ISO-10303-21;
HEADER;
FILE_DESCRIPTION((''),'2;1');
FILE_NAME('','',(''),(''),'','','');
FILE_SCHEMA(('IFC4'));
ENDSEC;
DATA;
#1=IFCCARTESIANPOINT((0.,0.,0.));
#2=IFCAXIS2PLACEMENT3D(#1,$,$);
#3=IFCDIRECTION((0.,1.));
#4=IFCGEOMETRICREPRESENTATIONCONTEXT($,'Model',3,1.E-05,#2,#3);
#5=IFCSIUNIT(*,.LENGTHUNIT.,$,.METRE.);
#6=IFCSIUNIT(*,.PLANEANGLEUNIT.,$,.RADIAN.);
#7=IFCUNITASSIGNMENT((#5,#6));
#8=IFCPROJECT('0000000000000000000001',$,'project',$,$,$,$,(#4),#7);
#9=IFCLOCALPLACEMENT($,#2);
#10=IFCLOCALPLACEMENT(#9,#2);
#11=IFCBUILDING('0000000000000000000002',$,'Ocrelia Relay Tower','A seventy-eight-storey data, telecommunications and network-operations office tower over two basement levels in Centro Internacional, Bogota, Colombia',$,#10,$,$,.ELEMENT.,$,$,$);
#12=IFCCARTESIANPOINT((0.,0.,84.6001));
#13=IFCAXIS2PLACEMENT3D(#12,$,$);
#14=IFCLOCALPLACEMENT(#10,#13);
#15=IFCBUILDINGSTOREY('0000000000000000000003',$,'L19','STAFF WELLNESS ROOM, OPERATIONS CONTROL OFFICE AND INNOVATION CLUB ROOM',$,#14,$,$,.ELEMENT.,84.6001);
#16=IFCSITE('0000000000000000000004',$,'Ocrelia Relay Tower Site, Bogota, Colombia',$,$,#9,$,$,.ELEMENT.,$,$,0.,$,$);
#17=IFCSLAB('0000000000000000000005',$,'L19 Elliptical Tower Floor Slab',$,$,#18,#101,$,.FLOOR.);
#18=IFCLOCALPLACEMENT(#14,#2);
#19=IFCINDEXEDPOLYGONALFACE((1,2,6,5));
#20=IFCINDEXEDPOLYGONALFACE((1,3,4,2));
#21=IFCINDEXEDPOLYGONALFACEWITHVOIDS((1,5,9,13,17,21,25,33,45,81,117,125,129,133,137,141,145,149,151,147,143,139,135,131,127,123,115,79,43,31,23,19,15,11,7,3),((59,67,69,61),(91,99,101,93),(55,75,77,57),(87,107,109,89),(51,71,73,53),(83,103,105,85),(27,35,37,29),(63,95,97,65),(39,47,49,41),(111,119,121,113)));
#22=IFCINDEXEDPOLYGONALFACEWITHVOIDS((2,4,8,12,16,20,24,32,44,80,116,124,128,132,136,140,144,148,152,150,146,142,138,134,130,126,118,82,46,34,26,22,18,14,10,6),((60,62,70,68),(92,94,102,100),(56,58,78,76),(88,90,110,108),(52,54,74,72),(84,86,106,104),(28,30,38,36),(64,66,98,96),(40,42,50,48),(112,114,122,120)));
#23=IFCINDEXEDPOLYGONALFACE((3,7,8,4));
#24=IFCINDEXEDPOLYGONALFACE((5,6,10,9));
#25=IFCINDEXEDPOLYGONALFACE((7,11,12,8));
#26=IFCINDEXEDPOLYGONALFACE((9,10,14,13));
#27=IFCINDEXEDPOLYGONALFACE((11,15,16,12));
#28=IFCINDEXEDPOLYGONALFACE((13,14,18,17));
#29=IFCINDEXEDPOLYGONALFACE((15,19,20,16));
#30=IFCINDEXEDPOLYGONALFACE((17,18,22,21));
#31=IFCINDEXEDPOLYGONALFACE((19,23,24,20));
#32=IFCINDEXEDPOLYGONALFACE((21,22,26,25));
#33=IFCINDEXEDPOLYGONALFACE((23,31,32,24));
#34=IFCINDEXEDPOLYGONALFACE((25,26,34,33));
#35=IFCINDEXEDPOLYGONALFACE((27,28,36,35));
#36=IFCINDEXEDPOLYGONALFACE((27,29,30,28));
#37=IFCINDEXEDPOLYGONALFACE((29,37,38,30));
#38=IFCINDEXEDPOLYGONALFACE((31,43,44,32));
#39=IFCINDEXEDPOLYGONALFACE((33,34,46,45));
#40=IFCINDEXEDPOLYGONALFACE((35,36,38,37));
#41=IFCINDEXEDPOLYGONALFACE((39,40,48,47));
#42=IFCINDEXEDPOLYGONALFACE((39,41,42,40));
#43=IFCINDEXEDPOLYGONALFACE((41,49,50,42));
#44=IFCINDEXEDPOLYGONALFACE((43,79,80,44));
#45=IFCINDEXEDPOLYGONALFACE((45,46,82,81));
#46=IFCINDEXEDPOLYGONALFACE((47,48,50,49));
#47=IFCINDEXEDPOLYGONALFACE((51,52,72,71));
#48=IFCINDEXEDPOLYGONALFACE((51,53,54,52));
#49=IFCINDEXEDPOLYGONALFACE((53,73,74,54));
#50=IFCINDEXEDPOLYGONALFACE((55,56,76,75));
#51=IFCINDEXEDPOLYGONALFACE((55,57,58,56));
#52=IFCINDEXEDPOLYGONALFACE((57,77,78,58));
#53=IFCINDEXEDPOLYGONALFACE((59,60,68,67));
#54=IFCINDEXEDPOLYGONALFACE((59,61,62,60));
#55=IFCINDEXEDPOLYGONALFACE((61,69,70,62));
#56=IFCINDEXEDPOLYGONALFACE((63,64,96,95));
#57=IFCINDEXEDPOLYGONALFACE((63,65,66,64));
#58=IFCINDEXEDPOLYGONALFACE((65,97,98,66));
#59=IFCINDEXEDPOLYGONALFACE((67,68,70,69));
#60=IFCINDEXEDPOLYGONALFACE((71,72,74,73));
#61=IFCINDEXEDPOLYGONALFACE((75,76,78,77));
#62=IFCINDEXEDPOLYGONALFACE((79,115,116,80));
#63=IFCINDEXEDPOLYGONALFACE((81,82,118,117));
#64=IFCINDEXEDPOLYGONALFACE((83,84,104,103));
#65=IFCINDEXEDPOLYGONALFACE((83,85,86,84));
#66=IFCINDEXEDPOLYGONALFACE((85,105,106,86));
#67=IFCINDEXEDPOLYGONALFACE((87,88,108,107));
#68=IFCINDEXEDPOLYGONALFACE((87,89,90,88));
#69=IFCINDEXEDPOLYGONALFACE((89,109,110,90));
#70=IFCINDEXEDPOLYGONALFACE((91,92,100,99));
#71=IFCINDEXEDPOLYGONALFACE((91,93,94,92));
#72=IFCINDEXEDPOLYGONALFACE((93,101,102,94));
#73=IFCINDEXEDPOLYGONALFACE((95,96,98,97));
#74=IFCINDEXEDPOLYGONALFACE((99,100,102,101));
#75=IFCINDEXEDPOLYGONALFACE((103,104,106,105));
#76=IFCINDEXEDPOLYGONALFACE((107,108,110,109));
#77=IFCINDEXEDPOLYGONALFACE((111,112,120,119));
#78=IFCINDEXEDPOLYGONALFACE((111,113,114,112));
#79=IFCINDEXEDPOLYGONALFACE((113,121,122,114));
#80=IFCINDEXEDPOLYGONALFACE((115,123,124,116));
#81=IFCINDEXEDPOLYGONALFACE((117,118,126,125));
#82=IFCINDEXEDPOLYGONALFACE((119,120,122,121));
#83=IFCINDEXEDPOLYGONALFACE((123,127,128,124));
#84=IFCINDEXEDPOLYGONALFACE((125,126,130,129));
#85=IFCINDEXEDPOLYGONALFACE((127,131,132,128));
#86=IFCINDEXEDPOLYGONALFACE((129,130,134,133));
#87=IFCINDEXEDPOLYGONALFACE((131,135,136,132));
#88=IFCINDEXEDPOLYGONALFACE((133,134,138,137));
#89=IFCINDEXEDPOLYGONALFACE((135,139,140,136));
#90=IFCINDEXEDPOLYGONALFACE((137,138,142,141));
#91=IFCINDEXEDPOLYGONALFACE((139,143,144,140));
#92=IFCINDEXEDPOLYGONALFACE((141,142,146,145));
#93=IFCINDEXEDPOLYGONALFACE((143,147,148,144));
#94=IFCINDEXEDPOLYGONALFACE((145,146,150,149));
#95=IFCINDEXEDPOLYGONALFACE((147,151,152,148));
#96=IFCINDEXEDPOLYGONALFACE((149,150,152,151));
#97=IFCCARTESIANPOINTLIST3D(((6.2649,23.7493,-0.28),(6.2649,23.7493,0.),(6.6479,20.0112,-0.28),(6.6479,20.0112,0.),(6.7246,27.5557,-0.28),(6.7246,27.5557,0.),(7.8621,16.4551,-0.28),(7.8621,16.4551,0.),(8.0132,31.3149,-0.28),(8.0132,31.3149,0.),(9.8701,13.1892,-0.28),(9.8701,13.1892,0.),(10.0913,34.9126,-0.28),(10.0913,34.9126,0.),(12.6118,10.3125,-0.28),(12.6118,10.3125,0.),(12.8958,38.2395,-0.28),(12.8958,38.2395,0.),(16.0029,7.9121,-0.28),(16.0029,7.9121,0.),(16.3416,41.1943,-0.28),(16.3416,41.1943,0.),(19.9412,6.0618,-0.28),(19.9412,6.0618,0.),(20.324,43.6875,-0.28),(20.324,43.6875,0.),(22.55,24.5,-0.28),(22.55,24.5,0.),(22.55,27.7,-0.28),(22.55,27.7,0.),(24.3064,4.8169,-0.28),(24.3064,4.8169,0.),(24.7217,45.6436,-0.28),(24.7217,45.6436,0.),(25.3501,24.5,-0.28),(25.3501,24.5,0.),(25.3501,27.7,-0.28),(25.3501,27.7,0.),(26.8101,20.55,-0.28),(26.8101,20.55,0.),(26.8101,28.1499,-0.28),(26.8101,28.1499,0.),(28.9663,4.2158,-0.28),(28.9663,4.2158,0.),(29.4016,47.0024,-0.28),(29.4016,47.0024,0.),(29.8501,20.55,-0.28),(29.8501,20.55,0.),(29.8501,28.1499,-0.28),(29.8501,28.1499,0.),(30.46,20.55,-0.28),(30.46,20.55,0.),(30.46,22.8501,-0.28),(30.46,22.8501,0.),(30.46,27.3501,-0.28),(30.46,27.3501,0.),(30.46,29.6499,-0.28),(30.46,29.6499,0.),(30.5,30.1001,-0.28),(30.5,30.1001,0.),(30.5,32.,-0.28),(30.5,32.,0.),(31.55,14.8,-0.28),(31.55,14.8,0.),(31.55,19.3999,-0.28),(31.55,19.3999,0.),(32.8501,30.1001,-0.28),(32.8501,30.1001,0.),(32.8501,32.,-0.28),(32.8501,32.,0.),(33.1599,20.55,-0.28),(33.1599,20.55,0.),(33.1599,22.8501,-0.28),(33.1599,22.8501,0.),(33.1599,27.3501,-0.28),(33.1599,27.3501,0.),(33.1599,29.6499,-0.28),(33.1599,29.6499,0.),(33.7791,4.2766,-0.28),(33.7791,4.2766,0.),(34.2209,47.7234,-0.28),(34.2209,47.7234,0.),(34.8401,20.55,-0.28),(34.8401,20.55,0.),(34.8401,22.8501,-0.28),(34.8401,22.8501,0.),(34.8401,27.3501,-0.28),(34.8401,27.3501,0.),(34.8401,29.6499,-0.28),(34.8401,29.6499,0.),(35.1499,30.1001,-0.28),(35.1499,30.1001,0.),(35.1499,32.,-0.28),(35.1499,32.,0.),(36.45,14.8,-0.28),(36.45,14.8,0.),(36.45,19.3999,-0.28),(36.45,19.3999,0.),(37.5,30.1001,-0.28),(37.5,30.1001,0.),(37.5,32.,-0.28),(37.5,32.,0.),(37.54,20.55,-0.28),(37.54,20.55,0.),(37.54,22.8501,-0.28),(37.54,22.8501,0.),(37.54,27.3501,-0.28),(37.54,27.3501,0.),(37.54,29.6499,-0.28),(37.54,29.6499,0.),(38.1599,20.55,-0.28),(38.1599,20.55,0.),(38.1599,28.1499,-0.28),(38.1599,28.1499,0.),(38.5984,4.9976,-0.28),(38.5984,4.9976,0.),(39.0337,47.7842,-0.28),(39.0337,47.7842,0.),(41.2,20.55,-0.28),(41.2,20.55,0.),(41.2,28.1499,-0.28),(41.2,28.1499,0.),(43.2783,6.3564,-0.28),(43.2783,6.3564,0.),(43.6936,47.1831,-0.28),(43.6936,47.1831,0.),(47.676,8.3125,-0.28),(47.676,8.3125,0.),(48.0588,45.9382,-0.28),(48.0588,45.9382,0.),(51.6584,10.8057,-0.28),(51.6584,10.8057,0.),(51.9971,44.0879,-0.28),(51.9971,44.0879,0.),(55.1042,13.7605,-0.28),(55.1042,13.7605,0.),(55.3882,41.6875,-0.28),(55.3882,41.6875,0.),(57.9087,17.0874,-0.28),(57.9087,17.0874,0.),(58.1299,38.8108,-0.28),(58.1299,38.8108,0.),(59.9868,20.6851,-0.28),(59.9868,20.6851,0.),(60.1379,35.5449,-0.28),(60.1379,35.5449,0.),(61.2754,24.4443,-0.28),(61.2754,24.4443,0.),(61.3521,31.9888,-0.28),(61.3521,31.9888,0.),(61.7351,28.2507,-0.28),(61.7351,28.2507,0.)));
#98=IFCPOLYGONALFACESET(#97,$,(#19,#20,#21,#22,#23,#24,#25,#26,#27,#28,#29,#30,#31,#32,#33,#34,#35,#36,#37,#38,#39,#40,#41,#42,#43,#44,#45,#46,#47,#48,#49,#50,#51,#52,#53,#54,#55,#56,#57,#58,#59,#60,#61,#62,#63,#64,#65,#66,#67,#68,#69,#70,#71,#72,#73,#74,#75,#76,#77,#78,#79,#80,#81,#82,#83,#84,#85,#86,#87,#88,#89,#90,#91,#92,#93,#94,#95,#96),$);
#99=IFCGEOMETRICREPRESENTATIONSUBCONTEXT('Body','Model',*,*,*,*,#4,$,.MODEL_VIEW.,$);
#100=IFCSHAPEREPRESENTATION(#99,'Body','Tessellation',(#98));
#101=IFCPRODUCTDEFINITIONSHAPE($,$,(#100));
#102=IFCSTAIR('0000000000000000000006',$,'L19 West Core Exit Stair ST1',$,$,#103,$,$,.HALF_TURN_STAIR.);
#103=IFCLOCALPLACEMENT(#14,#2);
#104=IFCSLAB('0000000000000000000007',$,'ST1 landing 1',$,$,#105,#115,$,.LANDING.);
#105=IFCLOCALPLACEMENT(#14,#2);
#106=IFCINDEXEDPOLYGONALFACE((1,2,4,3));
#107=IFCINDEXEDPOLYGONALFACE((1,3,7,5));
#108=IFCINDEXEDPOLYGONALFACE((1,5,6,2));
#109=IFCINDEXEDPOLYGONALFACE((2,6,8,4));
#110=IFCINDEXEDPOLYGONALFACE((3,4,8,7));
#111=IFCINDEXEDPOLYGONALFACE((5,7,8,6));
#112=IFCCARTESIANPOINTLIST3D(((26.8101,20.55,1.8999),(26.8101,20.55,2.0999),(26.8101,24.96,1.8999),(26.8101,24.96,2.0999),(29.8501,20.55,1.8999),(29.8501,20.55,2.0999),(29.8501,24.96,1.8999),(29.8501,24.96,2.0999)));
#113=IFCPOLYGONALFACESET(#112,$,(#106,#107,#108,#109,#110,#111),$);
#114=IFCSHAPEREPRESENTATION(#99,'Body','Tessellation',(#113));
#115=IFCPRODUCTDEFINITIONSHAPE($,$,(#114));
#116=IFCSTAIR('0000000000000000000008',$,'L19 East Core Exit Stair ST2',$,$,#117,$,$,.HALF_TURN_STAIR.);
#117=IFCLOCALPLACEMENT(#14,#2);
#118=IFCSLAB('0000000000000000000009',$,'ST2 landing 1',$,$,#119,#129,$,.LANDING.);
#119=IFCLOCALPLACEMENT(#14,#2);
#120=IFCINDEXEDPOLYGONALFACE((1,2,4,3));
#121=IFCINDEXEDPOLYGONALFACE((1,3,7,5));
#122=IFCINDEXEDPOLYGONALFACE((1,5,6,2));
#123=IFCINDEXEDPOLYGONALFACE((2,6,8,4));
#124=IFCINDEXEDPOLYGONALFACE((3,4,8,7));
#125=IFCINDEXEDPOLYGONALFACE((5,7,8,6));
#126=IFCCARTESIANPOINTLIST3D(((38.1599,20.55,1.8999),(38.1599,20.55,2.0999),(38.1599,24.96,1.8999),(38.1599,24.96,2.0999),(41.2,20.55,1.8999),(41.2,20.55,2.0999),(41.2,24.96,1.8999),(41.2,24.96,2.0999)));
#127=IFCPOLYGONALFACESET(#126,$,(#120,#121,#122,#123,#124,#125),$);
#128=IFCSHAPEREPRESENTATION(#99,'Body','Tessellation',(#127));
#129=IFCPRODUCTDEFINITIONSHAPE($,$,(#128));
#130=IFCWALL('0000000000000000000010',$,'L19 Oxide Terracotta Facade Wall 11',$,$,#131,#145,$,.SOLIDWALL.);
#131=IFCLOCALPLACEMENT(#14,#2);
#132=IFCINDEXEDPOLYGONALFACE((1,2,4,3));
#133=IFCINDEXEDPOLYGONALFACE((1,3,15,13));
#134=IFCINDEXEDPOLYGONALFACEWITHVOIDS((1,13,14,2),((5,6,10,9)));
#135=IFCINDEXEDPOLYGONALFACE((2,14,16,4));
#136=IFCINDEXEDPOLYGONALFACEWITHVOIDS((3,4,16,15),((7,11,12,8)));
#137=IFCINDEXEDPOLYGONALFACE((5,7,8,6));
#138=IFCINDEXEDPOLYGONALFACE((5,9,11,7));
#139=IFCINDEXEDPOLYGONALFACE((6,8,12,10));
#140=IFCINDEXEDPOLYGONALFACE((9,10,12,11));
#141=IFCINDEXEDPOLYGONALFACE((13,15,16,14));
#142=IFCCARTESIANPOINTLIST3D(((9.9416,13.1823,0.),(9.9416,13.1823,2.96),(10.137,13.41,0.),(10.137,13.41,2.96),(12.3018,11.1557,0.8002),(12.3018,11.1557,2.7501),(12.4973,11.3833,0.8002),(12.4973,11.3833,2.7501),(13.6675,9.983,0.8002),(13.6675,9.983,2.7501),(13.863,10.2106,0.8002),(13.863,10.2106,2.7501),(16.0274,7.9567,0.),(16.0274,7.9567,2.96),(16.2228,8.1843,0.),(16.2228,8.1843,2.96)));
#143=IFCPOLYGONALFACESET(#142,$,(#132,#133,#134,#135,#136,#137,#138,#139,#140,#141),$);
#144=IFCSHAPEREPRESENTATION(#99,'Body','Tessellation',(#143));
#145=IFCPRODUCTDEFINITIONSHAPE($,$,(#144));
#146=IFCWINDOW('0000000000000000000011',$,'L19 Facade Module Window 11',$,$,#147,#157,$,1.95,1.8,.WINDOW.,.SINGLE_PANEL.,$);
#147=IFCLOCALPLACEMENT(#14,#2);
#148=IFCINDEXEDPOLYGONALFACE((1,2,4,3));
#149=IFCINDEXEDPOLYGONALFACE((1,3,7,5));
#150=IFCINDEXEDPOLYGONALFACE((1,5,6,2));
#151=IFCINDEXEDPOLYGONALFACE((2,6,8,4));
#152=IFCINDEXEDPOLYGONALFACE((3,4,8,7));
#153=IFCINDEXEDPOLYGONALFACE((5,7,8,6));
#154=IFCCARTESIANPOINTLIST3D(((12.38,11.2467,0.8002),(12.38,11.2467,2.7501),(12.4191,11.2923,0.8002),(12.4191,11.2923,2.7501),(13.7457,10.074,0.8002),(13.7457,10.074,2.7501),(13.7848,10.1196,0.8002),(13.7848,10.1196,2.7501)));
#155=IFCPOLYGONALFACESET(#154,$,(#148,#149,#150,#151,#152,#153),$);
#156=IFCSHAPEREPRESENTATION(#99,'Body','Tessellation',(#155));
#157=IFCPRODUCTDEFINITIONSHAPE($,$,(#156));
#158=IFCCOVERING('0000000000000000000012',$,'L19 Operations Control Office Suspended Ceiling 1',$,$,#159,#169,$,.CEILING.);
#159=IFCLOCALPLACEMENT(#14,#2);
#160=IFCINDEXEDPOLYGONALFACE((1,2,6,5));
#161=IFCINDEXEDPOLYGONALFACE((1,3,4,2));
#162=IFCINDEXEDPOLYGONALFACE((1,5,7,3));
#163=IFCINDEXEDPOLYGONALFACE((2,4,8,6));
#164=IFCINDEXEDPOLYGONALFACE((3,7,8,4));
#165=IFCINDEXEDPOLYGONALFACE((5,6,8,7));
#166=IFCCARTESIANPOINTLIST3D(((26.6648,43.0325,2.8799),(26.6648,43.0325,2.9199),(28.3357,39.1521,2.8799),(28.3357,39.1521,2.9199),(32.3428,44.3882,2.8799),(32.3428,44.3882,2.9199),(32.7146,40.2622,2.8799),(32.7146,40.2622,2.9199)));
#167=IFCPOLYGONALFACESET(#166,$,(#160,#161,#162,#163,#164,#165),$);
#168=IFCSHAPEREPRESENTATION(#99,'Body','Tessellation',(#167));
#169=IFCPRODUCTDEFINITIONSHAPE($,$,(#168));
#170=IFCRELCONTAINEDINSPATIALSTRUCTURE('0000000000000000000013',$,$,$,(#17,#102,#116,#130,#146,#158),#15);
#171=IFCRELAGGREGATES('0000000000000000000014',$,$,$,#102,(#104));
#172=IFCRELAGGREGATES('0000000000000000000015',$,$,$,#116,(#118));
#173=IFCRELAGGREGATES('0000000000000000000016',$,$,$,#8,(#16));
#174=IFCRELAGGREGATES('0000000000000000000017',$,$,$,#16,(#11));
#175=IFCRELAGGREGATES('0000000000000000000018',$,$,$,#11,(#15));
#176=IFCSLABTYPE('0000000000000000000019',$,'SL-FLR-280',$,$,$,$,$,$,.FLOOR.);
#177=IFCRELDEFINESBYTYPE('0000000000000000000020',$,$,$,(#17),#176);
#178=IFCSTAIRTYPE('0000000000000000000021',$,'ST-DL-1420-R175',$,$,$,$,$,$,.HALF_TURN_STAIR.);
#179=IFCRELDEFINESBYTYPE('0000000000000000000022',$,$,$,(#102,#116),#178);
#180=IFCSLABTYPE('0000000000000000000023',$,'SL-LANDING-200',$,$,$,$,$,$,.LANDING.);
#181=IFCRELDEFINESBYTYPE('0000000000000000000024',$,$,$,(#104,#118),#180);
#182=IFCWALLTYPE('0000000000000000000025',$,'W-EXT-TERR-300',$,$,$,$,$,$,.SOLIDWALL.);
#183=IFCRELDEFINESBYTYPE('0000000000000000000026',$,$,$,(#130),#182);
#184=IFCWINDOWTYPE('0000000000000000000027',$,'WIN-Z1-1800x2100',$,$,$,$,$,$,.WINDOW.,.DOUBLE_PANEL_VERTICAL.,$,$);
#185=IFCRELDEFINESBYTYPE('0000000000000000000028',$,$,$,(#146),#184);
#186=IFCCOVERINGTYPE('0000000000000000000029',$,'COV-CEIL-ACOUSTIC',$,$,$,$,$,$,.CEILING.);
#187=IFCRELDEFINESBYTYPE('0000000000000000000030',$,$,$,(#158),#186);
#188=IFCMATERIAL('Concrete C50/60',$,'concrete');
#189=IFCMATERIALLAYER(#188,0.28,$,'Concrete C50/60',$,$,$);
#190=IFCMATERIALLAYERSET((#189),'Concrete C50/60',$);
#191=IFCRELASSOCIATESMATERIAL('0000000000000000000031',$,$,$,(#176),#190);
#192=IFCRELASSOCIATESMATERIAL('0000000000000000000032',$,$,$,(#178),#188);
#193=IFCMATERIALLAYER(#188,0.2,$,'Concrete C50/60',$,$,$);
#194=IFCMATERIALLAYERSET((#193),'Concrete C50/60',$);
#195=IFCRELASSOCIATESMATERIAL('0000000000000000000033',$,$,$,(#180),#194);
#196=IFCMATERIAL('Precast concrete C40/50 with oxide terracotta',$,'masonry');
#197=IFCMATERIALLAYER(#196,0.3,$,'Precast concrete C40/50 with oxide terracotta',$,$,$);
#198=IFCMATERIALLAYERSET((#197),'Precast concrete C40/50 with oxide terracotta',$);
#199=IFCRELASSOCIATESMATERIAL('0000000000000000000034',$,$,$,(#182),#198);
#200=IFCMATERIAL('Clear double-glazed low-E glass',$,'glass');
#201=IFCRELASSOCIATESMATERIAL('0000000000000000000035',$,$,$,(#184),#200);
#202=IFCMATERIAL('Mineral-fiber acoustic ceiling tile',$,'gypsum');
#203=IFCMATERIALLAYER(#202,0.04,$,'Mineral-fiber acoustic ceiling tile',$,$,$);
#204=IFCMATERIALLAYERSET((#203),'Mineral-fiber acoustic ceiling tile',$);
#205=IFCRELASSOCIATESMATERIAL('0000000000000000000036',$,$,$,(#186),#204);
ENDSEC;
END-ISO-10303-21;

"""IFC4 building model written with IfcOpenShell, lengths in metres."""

from ifc_helpers import new_model, si_unit, direction, frame, frame_2d, origin, place, context, subcontext, project, spatial, polyline, rectangle, outline, extrude, material, layer, layer_set, type_object, element, fill, aggregate, save


model = new_model("IFC4")

# Units and contexts
model_context = context("Model", 3, precision=1e-05, world=origin(), true_north=direction((0.0, 1.0)))
body_context = subcontext(model_context, "Body", "Model", "MODEL_VIEW")
ifc_project = project(units=[si_unit("LENGTHUNIT", "METRE"), si_unit("PLANEANGLEUNIT", "RADIAN")], contexts=[model_context])

# Site, building, storey
site_placement = place(None, origin())
site = spatial("IfcSite", under=ifc_project, at=site_placement, Name="Ocrelia Relay Tower Site, Bogota, Colombia", CompositionType="ELEMENT", RefElevation=0.0)
building_placement = place(site_placement, origin())
building = spatial("IfcBuilding", under=site, at=building_placement, Name="Ocrelia Relay Tower", Description="A seventy-eight-storey data, telecommunications and network-operations office tower over two basement levels in Centro Internacional, Bogota, Colombia", CompositionType="ELEMENT")
storey_placement = place(building_placement, frame((0.0, 0.0, 84.6001)))
storey = spatial("IfcBuildingStorey", under=building, at=storey_placement, Name="L19", Description="STAFF WELLNESS ROOM, OPERATIONS CONTROL OFFICE AND INNOVATION CLUB ROOM", CompositionType="ELEMENT", Elevation=84.6001)

# Shared definitions
ifc_material_1 = material(Name="Clear double-glazed low-E glass", Category="glass")

# Slab
ifc_material_2 = material(Name="Concrete C50/60", Category="concrete")
ifc_layer_1 = layer(ifc_material_2, 0.28, Name="Concrete C50/60")
ifc_layer_set_1 = layer_set([ifc_layer_1], Name="Concrete C50/60")
slab_type_1 = type_object("IfcSlabType", Name="SL-FLR-280", PredefinedType="FLOOR", material=ifc_layer_set_1)
slab_1_placement = place(storey_placement, frame((0.0, 0.0, -0.28)))
element("IfcSlab", 1, at=slab_1_placement, inside=storey, type_object=slab_type_1, Name="L19 Elliptical Tower Floor Slab", PredefinedType="FLOOR", context=body_context, shape_type="SweptSolid", body=[
    extrude(outline(polyline([(61.3521, 31.9888), (60.1379, 35.5449), (58.1299, 38.8108), (55.3882, 41.6875), (51.9971, 44.0879), (48.0588, 45.9382), (43.6936, 47.1831), (39.0337, 47.7842), (34.2209, 47.7234), (29.4016, 47.0024), (24.7217, 45.6436), (20.324, 43.6875), (16.3416, 41.1943), (12.8958, 38.2395), (10.0913, 34.9126), (8.0132, 31.3149), (6.7246, 27.5557), (6.2649, 23.7493), (6.6479, 20.0112), (7.8621, 16.4551), (9.8701, 13.1892), (12.6118, 10.3125), (16.0029, 7.9121), (19.9412, 6.0618), (24.3064, 4.8169), (28.9663, 4.2158), (33.7791, 4.2766), (38.5984, 4.9976), (43.2783, 6.3564), (47.676, 8.3125), (51.6584, 10.8057), (55.1042, 13.7605), (57.9087, 17.0874), (59.9868, 20.6851), (61.2754, 24.4443), (61.7351, 28.2507), (61.3521, 31.9888)]), holes=[polyline([(26.8101, 28.1499), (26.8101, 20.55), (29.8501, 20.55), (29.8501, 28.1499), (26.8101, 28.1499)]), polyline([(38.1599, 28.1499), (38.1599, 20.55), (41.2, 20.55), (41.2, 28.1499), (38.1599, 28.1499)]), polyline([(30.46, 20.55), (33.1599, 20.55), (33.1599, 22.8501), (30.46, 22.8501), (30.46, 20.55)]), polyline([(34.8401, 20.55), (37.54, 20.55), (37.54, 22.8501), (34.8401, 22.8501), (34.8401, 20.55)]), polyline([(30.46, 27.3501), (33.1599, 27.3501), (33.1599, 29.6499), (30.46, 29.6499), (30.46, 27.3501)]), polyline([(34.8401, 27.3501), (37.54, 27.3501), (37.54, 29.6499), (34.8401, 29.6499), (34.8401, 27.3501)]), polyline([(30.5, 30.1001), (32.8501, 30.1001), (32.8501, 32.0), (30.5, 32.0), (30.5, 30.1001)]), polyline([(35.1499, 30.1001), (37.5, 30.1001), (37.5, 32.0), (35.1499, 32.0), (35.1499, 30.1001)]), polyline([(22.55, 24.5), (25.3501, 24.5), (25.3501, 27.7), (22.55, 27.7), (22.55, 24.5)]), polyline([(31.55, 14.8), (36.45, 14.8), (36.45, 19.3999), (31.55, 19.3999), (31.55, 14.8)])]), origin(), (0.0, 0.0, 1.0), 0.28),
])

# Stairs, slabs
stair_type = type_object("IfcStairType", Name="ST-DL-1420-R175", PredefinedType="HALF_TURN_STAIR", material=ifc_material_2)
stair_1_placement = place(storey_placement, origin())
stair_1 = element("IfcStair", 2, at=stair_1_placement, inside=storey, type_object=stair_type, Name="L19 West Core Exit Stair ST1", PredefinedType="HALF_TURN_STAIR")
ifc_layer_2 = layer(ifc_material_2, 0.2, Name="Concrete C50/60")
ifc_layer_set_2 = layer_set([ifc_layer_2], Name="Concrete C50/60")
slab_type_2 = type_object("IfcSlabType", Name="SL-LANDING-200", PredefinedType="LANDING", material=ifc_layer_set_2)
slab_2_placement = place(storey_placement, frame((0.0, 0.0, 1.8999)))
slab_2 = element("IfcSlab", 3, at=slab_2_placement, type_object=slab_type_2, Name="ST1 landing 1", PredefinedType="LANDING", context=body_context, shape_type="SweptSolid", body=[
    extrude(outline(polyline([(26.8101, 24.96), (26.8101, 20.55), (29.8501, 20.55), (29.8501, 24.96), (26.8101, 24.96)])), origin(), (0.0, 0.0, 1.0), 0.2),
])
aggregate(stair_1, [slab_2])
stair_2_placement = place(storey_placement, origin())
stair_2 = element("IfcStair", 4, at=stair_2_placement, inside=storey, type_object=stair_type, Name="L19 East Core Exit Stair ST2", PredefinedType="HALF_TURN_STAIR")
slab_3_placement = place(storey_placement, frame((0.0, 0.0, 1.8999)))
slab_3 = element("IfcSlab", 5, at=slab_3_placement, type_object=slab_type_2, Name="ST2 landing 1", PredefinedType="LANDING", context=body_context, shape_type="SweptSolid", body=[
    extrude(outline(polyline([(38.1599, 24.96), (38.1599, 20.55), (41.2, 20.55), (41.2, 24.96), (38.1599, 24.96)])), origin(), (0.0, 0.0, 1.0), 0.2),
])
aggregate(stair_2, [slab_3])

# Wall, opening, window
ifc_material_3 = material(Name="Precast concrete C40/50 with oxide terracotta", Category="masonry")
ifc_layer_3 = layer(ifc_material_3, 0.3, Name="Precast concrete C40/50 with oxide terracotta")
ifc_layer_set_3 = layer_set([ifc_layer_3], Name="Precast concrete C40/50 with oxide terracotta")
wall_type = type_object("IfcWallType", Name="W-EXT-TERR-300", PredefinedType="SOLIDWALL", material=ifc_layer_set_3)
wall_placement = place(storey_placement, frame((10.0393, 13.2961, 0.0), z_axis=(0.0, 0.0, 1.0), x_axis=(0.758685, -0.651458, 0.0)))
wall = element("IfcWall", 6, at=wall_placement, inside=storey, type_object=wall_type, Name="L19 Oxide Terracotta Facade Wall 11", PredefinedType="SOLIDWALL", context=body_context, shape_type="SweptSolid", body=[
    extrude(rectangle(XDim=8.0215, YDim=0.3, at=frame_2d((4.0107, 0.0))), origin(), (0.0, 0.0, 1.0), 2.96),
])
opening_placement = place(wall_placement, frame((3.1111, 0.0, 0.8)))
opening = element("IfcOpeningElement", 7, at=opening_placement, cuts=wall, PredefinedType="OPENING", context=body_context, shape_type="SweptSolid", body=[
    extrude(rectangle(XDim=1.8, YDim=1.95, at=frame_2d((0.8999, 0.9751))), frame((0.0, 0.1602, 0.0), z_axis=(0.0, -1.0, 0.0), x_axis=(1.0, 0.0, 0.0)), (0.0, 0.0, 1.0), 0.3201),
])
window_type = type_object("IfcWindowType", Name="WIN-Z1-1800x2100", PartitioningType="DOUBLE_PANEL_VERTICAL", PredefinedType="WINDOW", material=ifc_material_1)
window_placement = place(opening_placement, origin())
window = element("IfcWindow", 8, at=window_placement, inside=storey, type_object=window_type, Name="L19 Facade Module Window 11", OverallHeight=1.95, OverallWidth=1.8, PartitioningType="SINGLE_PANEL", PredefinedType="WINDOW", context=body_context, shape_type="SweptSolid", body=[
    extrude(rectangle(XDim=1.8, YDim=1.95, at=frame_2d((0.8999, 0.9751))), frame((0.0, 0.03, 0.0), z_axis=(0.0, -1.0, 0.0), x_axis=(1.0, 0.0, 0.0)), (0.0, 0.0, 1.0), 0.0601),
])
fill(opening, window)

# Covering
ifc_material_4 = material(Name="Mineral-fiber acoustic ceiling tile", Category="gypsum")
ifc_layer_4 = layer(ifc_material_4, 0.04, Name="Mineral-fiber acoustic ceiling tile")
ifc_layer_set_4 = layer_set([ifc_layer_4], Name="Mineral-fiber acoustic ceiling tile")
covering_type_1 = type_object("IfcCoveringType", Name="COV-CEIL-ACOUSTIC", PredefinedType="CEILING", material=ifc_layer_set_4)
covering_1_placement = place(storey_placement, frame((0.0, 0.0, 2.8799)))
element("IfcCovering", 9, at=covering_1_placement, inside=storey, type_object=covering_type_1, Name="L19 Operations Control Office Suspended Ceiling 1", PredefinedType="CEILING", context=body_context, shape_type="SweptSolid", body=[
    extrude(outline(polyline([(32.7146, 40.2622), (32.3428, 44.3882), (26.6648, 43.0325), (28.3357, 39.1521), (32.7146, 40.2622)])), origin(), (0.0, 0.0, 1.0), 0.04),
])

save(model, "model.ifc")
